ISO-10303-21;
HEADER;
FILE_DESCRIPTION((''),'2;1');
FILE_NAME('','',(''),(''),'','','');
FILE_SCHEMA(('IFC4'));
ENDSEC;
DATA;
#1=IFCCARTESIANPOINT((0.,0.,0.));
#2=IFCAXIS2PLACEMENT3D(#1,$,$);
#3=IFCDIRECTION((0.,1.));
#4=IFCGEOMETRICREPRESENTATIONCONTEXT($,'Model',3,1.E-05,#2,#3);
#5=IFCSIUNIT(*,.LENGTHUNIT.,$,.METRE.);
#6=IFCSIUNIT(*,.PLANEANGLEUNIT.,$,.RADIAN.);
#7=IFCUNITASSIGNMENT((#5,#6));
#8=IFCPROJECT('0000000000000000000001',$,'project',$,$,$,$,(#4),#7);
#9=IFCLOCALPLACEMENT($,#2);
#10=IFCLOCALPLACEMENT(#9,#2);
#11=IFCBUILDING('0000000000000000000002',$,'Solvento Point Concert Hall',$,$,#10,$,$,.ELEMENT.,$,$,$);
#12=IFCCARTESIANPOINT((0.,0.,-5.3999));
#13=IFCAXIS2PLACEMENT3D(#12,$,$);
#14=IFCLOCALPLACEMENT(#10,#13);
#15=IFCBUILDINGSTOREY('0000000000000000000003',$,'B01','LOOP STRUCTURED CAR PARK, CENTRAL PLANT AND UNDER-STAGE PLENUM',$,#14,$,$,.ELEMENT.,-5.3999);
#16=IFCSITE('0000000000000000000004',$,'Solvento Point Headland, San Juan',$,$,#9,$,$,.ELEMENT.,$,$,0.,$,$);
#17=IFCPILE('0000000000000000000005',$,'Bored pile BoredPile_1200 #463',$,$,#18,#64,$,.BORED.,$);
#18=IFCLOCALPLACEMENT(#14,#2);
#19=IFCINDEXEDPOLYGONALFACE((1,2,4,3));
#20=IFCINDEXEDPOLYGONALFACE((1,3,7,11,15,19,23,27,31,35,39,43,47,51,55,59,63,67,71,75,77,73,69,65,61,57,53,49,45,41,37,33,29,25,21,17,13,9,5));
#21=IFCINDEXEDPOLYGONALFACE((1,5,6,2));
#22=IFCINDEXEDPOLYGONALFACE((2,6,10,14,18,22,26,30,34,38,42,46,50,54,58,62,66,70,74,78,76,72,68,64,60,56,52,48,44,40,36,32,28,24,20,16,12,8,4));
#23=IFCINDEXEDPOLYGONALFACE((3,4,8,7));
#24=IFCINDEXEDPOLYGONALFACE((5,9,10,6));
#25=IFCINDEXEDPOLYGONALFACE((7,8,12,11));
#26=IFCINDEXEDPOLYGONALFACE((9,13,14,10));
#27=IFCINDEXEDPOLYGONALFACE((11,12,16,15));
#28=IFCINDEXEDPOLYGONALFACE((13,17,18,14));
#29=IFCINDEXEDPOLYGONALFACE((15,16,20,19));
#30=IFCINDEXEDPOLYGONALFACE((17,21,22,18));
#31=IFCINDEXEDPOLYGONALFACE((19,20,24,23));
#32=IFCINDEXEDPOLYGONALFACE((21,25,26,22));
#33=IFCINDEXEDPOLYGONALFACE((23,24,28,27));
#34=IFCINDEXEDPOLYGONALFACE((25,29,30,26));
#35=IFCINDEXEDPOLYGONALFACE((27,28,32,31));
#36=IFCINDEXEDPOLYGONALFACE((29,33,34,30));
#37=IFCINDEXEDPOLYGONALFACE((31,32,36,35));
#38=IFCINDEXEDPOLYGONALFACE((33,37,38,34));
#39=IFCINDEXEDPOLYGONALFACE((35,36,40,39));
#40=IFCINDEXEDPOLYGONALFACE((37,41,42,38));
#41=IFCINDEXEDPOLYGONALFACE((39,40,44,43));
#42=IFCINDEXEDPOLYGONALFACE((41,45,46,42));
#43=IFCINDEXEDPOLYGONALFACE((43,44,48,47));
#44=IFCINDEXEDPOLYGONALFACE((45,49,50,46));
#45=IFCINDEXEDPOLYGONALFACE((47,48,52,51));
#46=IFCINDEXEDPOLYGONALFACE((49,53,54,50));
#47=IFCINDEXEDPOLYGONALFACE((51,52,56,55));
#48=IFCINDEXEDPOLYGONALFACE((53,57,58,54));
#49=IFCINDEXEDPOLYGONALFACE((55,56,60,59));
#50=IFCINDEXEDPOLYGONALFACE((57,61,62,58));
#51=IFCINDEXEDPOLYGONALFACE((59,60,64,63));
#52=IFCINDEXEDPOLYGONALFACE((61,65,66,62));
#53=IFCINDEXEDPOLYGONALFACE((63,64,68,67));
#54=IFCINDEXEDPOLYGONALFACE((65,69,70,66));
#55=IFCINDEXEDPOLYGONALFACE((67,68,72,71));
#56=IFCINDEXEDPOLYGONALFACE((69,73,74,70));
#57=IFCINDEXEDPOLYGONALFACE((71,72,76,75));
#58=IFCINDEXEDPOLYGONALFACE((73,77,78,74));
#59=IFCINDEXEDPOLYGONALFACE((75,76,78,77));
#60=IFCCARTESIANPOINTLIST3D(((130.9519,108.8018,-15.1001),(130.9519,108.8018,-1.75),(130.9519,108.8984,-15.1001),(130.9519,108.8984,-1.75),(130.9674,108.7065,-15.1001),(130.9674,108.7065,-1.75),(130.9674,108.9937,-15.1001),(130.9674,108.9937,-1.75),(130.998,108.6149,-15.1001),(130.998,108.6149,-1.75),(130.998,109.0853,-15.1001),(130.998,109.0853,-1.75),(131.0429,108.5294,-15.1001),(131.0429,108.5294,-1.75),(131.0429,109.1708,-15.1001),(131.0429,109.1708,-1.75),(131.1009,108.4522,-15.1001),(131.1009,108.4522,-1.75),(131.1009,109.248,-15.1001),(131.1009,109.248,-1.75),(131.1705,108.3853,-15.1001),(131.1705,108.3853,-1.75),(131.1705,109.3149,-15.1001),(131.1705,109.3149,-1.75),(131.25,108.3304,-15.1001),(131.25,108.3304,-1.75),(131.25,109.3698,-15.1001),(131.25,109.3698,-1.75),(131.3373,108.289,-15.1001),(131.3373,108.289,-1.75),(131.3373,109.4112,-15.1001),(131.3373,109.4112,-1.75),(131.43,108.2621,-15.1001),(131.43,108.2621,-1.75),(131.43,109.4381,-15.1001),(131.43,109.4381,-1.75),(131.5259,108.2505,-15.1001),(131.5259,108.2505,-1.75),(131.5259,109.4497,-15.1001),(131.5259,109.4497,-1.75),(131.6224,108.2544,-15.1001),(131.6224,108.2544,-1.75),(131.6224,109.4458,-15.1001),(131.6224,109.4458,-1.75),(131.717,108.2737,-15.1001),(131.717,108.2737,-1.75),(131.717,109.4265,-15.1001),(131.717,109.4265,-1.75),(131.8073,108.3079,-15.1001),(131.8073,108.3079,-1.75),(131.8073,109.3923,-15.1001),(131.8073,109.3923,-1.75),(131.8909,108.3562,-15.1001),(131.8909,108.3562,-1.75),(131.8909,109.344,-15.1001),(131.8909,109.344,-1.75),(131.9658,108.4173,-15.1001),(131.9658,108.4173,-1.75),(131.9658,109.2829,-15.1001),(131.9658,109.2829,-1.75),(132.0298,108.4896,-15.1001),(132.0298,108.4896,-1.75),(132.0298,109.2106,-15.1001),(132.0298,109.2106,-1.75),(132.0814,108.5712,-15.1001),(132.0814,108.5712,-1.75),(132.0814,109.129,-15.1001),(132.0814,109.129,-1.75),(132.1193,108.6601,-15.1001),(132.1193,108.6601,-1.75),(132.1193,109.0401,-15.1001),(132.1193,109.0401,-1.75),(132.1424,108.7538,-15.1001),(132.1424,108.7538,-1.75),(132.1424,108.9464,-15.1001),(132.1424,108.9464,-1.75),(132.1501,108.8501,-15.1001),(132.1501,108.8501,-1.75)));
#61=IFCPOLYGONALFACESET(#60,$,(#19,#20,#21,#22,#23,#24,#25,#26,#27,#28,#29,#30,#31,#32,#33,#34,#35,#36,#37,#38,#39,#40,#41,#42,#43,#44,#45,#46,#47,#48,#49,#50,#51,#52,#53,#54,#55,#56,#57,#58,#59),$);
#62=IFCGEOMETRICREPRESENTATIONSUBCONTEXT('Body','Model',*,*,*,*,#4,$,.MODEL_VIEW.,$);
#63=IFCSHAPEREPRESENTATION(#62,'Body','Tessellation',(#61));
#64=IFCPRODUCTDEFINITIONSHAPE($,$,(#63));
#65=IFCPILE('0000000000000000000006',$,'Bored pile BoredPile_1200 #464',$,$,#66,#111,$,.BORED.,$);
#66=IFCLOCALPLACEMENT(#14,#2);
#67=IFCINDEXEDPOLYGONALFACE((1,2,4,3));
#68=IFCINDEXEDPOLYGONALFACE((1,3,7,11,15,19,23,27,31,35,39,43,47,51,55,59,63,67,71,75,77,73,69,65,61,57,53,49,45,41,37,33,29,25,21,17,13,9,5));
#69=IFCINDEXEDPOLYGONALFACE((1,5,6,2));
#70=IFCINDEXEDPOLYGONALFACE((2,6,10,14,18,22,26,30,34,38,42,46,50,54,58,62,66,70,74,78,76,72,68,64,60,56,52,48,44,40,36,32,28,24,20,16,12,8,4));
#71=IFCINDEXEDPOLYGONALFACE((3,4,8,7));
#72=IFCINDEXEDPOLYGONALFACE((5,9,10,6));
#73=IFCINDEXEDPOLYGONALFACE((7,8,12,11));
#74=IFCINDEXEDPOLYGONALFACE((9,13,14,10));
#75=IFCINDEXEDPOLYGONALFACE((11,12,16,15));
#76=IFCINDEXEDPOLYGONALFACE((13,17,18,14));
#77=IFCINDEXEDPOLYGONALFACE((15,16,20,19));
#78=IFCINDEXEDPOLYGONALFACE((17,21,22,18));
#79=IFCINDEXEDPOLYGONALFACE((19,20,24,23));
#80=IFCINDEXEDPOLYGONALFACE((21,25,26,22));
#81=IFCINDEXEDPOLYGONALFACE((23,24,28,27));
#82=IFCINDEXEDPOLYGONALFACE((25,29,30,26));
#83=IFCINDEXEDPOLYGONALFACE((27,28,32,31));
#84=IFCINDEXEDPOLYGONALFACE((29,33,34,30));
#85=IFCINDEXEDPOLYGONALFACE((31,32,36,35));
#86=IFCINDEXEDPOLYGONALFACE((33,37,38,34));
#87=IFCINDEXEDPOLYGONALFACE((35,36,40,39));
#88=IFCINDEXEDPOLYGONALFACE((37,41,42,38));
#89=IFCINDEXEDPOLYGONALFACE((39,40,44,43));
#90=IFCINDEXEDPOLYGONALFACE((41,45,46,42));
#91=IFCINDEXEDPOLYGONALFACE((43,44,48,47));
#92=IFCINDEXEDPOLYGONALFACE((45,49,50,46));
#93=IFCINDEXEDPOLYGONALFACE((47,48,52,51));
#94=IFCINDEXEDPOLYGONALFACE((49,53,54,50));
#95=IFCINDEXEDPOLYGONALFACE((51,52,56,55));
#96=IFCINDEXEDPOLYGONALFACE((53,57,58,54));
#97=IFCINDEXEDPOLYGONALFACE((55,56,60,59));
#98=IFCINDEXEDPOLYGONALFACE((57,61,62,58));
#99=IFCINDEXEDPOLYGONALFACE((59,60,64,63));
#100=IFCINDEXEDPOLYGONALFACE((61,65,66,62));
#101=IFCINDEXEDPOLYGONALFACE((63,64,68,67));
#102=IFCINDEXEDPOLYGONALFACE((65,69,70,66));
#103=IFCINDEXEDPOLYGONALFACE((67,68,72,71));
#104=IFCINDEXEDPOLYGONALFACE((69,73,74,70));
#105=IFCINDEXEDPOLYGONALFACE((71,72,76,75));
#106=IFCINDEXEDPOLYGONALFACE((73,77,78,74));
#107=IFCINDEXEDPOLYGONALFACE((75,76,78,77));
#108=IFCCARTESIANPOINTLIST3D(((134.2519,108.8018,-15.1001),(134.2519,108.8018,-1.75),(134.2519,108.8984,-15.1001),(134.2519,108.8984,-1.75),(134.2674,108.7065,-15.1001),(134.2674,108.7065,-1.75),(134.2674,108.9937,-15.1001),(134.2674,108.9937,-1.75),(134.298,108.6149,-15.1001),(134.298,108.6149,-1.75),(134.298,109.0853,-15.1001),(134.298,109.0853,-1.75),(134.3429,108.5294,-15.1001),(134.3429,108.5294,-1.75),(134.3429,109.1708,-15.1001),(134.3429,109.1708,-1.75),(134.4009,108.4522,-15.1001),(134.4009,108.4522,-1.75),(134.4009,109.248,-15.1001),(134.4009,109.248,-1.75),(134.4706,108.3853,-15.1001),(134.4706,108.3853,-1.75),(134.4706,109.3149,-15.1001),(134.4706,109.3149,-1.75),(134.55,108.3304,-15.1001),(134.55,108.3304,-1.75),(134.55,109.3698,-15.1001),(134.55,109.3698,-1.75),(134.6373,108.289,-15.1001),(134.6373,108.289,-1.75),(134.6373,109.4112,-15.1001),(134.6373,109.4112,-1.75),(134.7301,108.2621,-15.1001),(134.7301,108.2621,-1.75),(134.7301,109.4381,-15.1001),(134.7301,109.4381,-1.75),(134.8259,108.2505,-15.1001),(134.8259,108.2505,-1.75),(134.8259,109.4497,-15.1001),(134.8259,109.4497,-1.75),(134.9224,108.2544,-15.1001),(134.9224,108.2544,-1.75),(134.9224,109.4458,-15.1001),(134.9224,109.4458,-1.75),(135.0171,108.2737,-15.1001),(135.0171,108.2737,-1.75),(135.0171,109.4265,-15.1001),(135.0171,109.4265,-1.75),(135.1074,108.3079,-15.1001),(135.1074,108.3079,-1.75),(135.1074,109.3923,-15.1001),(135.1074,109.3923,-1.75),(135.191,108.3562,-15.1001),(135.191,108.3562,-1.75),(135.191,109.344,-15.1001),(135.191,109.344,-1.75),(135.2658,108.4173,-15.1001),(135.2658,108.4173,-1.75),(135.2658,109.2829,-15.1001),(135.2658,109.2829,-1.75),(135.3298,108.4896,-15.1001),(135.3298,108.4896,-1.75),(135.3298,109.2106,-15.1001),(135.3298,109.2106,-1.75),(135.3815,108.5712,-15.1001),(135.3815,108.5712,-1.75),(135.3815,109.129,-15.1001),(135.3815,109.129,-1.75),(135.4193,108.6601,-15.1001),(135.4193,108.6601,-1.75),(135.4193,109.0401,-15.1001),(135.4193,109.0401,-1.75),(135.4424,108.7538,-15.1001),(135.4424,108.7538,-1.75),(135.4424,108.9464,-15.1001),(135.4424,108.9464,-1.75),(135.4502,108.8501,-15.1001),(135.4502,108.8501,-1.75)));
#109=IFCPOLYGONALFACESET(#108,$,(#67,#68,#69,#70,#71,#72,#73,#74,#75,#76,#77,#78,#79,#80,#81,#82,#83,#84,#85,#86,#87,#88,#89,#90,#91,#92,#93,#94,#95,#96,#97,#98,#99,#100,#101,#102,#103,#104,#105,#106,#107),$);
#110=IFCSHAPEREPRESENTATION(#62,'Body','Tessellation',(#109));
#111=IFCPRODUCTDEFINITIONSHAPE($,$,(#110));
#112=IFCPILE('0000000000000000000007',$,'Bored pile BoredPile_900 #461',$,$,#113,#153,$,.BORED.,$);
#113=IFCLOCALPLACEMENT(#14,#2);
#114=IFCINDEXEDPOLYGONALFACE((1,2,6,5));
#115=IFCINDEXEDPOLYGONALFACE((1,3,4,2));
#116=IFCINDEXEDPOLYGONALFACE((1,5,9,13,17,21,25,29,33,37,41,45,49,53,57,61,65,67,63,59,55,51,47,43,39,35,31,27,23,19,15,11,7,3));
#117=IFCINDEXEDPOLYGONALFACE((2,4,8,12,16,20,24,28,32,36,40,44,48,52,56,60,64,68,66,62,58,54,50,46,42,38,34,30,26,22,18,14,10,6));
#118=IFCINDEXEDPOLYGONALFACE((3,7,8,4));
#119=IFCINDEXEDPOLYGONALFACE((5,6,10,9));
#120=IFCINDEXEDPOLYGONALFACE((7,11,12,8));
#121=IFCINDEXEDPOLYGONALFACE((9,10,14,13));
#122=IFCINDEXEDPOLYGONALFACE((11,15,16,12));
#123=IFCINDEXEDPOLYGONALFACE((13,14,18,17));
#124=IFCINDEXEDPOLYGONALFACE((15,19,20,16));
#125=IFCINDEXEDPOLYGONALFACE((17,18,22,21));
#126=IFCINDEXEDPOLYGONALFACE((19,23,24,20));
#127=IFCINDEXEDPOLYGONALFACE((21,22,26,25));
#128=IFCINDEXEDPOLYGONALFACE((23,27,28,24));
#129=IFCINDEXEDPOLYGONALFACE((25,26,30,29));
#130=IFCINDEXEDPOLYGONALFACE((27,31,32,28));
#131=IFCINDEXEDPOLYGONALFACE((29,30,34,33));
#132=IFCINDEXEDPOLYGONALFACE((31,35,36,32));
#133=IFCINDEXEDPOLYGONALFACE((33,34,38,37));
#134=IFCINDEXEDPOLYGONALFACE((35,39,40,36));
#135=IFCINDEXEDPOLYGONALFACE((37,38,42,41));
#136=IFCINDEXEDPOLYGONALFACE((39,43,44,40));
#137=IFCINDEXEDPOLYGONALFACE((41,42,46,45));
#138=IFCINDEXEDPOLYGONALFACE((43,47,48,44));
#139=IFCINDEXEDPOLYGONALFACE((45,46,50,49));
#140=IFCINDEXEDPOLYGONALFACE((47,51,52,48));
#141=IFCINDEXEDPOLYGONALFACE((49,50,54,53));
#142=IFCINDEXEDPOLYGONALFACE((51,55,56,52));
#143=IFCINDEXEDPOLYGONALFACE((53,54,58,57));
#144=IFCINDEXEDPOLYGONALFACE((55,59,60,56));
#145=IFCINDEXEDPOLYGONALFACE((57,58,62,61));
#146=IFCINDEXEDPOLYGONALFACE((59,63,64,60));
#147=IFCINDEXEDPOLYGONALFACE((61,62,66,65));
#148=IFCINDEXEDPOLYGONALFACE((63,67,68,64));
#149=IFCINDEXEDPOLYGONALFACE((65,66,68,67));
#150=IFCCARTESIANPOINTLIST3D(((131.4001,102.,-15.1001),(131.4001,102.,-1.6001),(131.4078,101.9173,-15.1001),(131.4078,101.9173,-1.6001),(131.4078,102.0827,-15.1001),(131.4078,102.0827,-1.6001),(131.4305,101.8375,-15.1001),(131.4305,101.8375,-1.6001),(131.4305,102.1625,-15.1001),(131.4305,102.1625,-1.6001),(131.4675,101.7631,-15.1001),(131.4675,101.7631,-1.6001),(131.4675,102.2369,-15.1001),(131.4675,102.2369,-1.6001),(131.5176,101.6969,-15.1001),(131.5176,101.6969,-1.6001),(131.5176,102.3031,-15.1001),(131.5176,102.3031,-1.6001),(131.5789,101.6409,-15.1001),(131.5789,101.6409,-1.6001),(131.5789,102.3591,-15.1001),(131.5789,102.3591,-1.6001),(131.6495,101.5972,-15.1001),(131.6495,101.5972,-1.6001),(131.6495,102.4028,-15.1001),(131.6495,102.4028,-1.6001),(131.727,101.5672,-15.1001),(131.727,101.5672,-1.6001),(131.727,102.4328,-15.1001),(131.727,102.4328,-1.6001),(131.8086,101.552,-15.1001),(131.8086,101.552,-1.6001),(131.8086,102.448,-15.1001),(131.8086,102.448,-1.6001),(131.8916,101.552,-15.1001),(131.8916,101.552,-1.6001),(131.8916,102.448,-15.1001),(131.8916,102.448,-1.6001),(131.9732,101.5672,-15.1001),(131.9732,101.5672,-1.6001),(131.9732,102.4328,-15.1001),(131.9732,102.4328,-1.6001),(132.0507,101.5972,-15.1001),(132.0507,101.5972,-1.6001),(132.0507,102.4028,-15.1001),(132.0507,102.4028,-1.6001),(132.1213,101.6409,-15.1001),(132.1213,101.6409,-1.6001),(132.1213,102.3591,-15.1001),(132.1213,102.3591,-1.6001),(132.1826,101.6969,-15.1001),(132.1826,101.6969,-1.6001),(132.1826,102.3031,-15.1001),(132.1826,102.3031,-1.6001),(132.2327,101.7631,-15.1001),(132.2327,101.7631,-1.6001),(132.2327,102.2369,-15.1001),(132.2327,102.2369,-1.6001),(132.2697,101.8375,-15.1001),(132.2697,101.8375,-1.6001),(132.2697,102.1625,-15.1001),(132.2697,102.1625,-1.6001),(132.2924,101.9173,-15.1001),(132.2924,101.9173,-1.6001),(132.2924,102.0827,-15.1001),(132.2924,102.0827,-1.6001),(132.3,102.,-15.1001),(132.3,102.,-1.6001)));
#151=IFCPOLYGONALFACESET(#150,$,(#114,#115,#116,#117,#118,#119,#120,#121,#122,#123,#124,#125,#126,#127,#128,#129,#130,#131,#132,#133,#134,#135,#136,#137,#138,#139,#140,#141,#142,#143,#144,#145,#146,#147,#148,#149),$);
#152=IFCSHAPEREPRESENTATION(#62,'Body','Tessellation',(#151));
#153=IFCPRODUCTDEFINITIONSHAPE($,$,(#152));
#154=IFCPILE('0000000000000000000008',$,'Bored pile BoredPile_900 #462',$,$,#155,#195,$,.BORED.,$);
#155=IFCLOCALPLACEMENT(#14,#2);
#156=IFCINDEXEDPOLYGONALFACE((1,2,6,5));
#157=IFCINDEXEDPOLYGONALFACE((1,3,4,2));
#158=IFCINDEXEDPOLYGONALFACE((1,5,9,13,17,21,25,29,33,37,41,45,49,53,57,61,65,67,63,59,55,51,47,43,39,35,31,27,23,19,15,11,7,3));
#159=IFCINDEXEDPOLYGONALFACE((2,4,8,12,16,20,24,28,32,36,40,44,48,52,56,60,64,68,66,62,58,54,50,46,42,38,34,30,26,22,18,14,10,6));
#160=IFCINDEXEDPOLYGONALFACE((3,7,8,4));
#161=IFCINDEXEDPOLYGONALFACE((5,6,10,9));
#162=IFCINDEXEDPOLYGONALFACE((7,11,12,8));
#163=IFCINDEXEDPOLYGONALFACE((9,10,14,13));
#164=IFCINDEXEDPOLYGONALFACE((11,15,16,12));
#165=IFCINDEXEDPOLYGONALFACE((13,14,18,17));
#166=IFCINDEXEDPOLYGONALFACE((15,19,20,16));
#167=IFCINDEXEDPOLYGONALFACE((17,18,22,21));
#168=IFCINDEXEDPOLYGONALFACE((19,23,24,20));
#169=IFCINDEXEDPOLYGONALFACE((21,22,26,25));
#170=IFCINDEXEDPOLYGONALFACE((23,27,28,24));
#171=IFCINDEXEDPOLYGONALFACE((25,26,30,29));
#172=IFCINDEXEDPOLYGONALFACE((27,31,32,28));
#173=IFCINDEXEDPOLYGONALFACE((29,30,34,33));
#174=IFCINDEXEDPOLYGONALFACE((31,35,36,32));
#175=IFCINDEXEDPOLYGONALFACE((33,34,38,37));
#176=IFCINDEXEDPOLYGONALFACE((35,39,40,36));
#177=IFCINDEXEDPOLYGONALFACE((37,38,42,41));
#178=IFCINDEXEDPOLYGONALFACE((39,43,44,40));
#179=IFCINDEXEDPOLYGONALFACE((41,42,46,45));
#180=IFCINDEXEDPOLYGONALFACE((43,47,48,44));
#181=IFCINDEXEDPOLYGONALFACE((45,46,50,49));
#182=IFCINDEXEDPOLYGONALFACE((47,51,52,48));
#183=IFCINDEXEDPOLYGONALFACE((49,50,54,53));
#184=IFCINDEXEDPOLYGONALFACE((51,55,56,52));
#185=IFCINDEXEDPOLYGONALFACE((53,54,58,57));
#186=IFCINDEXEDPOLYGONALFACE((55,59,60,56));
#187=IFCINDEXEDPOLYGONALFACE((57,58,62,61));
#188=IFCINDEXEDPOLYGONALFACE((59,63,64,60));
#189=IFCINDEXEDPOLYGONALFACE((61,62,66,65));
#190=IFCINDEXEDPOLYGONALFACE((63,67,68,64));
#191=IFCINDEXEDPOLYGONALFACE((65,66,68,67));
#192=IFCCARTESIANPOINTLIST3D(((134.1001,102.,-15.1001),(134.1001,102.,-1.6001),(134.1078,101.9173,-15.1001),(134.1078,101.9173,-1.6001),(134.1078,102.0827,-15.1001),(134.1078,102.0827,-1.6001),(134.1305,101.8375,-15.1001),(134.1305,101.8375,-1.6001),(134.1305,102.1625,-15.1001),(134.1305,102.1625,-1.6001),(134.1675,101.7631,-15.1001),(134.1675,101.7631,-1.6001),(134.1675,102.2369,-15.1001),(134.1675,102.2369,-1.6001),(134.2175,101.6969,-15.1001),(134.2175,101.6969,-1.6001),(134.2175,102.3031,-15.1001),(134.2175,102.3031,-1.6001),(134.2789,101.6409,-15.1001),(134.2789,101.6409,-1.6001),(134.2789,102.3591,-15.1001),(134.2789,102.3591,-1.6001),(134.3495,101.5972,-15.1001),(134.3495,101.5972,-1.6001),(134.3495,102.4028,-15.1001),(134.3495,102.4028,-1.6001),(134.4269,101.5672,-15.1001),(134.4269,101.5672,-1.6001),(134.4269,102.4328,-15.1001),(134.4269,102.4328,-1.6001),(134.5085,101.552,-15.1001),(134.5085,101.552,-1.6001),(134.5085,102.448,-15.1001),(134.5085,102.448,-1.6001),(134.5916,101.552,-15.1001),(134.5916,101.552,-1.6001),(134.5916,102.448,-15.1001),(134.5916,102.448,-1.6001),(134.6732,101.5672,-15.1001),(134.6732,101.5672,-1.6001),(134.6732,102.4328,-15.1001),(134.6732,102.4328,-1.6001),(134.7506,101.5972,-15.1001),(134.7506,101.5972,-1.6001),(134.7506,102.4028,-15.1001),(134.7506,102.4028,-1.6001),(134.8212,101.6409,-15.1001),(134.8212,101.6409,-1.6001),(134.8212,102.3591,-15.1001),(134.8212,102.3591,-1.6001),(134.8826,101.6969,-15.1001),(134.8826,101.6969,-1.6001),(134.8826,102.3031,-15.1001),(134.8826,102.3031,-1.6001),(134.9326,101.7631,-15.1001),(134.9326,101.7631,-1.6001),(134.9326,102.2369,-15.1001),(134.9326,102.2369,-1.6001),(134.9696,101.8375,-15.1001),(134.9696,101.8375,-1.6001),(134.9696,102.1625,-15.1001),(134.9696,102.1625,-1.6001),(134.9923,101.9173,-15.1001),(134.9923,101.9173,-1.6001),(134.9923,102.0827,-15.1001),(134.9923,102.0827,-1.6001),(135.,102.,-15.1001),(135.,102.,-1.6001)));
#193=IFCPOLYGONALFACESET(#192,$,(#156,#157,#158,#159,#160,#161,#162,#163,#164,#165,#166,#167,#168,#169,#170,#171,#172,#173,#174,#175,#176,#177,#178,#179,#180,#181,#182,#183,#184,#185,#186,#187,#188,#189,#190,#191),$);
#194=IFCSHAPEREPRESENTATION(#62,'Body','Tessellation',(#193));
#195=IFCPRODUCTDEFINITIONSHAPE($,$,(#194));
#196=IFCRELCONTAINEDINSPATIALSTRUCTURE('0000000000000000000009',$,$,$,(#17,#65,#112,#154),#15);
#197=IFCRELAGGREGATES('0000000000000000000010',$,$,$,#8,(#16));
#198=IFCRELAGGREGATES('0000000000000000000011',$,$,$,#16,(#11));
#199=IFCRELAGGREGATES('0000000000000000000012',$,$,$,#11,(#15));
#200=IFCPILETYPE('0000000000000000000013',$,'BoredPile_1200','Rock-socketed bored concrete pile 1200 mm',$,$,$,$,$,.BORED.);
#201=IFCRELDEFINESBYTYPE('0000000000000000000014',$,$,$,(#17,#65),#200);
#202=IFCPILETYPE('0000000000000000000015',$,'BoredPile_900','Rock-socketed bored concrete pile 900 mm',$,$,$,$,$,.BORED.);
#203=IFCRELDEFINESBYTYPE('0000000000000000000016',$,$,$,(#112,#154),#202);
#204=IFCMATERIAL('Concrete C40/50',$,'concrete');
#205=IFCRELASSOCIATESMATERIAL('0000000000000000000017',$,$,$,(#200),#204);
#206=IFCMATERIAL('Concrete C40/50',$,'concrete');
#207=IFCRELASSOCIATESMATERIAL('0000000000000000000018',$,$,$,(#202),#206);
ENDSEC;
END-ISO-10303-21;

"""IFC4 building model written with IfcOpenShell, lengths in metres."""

from ifc_helpers import new_model, si_unit, direction, frame, origin, origin_2d, place, context, subcontext, project, spatial, circle, extrude, material, material_profile, profile_set, type_object, element, save


model = new_model("IFC4")

# Units and contexts
model_context = context("Model", 3, precision=1e-05, world=origin(), true_north=direction((0.0, 1.0)))
body_context = subcontext(model_context, "Body", "Model", "MODEL_VIEW")
ifc_project = project(units=[si_unit("LENGTHUNIT", "METRE"), si_unit("PLANEANGLEUNIT", "RADIAN")], contexts=[model_context])

# Site, building, storey
site_placement = place(None, origin())
site = spatial("IfcSite", under=ifc_project, at=site_placement, Name="Solvento Point Headland, San Juan", CompositionType="ELEMENT", RefElevation=0.0)
building_placement = place(site_placement, origin())
building = spatial("IfcBuilding", under=site, at=building_placement, Name="Solvento Point Concert Hall", CompositionType="ELEMENT")
storey_placement = place(building_placement, frame((0.0, 0.0, -5.3999)))
storey = spatial("IfcBuildingStorey", under=building, at=storey_placement, Name="B01", Description="LOOP STRUCTURED CAR PARK, CENTRAL PLANT AND UNDER-STAGE PLENUM", CompositionType="ELEMENT", Elevation=-5.3999)

# Piles
ifc_material_1 = material(Name="Concrete C40/50", Category="concrete")
ifc_material_profile_1 = material_profile(ifc_material_1, circle(Radius=0.6001, at=origin_2d()), Name="BP-1200")
ifc_profile_set_1 = profile_set([ifc_material_profile_1], Name="Concrete C40/50")
pile_type_1 = type_object("IfcPileType", Name="BoredPile_1200", Description="Rock-socketed bored concrete pile 1200 mm", PredefinedType="BORED", material=ifc_profile_set_1)
for number, where, z_axis, x_axis, name in (
    (1, (131.55, 108.8501, -1.75), (0.0, 0.0, -1.0), (1.0, 0.0, 0.0), "Bored pile BoredPile_1200 #463"),
    (2, (134.8501, 108.8501, -1.75), (0.0, 0.0, -1.0), (1.0, 0.0, 0.0), "Bored pile BoredPile_1200 #464"),
):
    element("IfcPile", number, at=place(storey_placement, frame(where, z_axis=z_axis, x_axis=x_axis)), inside=storey, type_object=pile_type_1, Name=name, PredefinedType="BORED", context=body_context, shape_type="SweptSolid", body=[
        extrude(circle(Radius=0.6001, at=origin_2d()), origin(), (0.0, 0.0, 1.0), 13.3501),
    ])
ifc_material_2 = material(Name="Concrete C40/50", Category="concrete")
ifc_material_profile_2 = material_profile(ifc_material_2, circle(Radius=0.45, at=origin_2d()), Name="BP-900")
ifc_profile_set_2 = profile_set([ifc_material_profile_2], Name="Concrete C40/50")
pile_type_2 = type_object("IfcPileType", Name="BoredPile_900", Description="Rock-socketed bored concrete pile 900 mm", PredefinedType="BORED", material=ifc_profile_set_2)
for number, where, z_axis, x_axis, name in (
    (3, (131.8501, 102.0, -1.6001), (0.0, 0.0, -1.0), (1.0, 0.0, 0.0), "Bored pile BoredPile_900 #461"),
    (4, (134.55, 102.0, -1.6001), (0.0, 0.0, -1.0), (1.0, 0.0, 0.0), "Bored pile BoredPile_900 #462"),
):
    element("IfcPile", number, at=place(storey_placement, frame(where, z_axis=z_axis, x_axis=x_axis)), inside=storey, type_object=pile_type_2, Name=name, PredefinedType="BORED", context=body_context, shape_type="SweptSolid", body=[
        extrude(circle(Radius=0.45, at=origin_2d()), origin(), (0.0, 0.0, 1.0), 13.5),
    ])

save(model, "model.ifc")
